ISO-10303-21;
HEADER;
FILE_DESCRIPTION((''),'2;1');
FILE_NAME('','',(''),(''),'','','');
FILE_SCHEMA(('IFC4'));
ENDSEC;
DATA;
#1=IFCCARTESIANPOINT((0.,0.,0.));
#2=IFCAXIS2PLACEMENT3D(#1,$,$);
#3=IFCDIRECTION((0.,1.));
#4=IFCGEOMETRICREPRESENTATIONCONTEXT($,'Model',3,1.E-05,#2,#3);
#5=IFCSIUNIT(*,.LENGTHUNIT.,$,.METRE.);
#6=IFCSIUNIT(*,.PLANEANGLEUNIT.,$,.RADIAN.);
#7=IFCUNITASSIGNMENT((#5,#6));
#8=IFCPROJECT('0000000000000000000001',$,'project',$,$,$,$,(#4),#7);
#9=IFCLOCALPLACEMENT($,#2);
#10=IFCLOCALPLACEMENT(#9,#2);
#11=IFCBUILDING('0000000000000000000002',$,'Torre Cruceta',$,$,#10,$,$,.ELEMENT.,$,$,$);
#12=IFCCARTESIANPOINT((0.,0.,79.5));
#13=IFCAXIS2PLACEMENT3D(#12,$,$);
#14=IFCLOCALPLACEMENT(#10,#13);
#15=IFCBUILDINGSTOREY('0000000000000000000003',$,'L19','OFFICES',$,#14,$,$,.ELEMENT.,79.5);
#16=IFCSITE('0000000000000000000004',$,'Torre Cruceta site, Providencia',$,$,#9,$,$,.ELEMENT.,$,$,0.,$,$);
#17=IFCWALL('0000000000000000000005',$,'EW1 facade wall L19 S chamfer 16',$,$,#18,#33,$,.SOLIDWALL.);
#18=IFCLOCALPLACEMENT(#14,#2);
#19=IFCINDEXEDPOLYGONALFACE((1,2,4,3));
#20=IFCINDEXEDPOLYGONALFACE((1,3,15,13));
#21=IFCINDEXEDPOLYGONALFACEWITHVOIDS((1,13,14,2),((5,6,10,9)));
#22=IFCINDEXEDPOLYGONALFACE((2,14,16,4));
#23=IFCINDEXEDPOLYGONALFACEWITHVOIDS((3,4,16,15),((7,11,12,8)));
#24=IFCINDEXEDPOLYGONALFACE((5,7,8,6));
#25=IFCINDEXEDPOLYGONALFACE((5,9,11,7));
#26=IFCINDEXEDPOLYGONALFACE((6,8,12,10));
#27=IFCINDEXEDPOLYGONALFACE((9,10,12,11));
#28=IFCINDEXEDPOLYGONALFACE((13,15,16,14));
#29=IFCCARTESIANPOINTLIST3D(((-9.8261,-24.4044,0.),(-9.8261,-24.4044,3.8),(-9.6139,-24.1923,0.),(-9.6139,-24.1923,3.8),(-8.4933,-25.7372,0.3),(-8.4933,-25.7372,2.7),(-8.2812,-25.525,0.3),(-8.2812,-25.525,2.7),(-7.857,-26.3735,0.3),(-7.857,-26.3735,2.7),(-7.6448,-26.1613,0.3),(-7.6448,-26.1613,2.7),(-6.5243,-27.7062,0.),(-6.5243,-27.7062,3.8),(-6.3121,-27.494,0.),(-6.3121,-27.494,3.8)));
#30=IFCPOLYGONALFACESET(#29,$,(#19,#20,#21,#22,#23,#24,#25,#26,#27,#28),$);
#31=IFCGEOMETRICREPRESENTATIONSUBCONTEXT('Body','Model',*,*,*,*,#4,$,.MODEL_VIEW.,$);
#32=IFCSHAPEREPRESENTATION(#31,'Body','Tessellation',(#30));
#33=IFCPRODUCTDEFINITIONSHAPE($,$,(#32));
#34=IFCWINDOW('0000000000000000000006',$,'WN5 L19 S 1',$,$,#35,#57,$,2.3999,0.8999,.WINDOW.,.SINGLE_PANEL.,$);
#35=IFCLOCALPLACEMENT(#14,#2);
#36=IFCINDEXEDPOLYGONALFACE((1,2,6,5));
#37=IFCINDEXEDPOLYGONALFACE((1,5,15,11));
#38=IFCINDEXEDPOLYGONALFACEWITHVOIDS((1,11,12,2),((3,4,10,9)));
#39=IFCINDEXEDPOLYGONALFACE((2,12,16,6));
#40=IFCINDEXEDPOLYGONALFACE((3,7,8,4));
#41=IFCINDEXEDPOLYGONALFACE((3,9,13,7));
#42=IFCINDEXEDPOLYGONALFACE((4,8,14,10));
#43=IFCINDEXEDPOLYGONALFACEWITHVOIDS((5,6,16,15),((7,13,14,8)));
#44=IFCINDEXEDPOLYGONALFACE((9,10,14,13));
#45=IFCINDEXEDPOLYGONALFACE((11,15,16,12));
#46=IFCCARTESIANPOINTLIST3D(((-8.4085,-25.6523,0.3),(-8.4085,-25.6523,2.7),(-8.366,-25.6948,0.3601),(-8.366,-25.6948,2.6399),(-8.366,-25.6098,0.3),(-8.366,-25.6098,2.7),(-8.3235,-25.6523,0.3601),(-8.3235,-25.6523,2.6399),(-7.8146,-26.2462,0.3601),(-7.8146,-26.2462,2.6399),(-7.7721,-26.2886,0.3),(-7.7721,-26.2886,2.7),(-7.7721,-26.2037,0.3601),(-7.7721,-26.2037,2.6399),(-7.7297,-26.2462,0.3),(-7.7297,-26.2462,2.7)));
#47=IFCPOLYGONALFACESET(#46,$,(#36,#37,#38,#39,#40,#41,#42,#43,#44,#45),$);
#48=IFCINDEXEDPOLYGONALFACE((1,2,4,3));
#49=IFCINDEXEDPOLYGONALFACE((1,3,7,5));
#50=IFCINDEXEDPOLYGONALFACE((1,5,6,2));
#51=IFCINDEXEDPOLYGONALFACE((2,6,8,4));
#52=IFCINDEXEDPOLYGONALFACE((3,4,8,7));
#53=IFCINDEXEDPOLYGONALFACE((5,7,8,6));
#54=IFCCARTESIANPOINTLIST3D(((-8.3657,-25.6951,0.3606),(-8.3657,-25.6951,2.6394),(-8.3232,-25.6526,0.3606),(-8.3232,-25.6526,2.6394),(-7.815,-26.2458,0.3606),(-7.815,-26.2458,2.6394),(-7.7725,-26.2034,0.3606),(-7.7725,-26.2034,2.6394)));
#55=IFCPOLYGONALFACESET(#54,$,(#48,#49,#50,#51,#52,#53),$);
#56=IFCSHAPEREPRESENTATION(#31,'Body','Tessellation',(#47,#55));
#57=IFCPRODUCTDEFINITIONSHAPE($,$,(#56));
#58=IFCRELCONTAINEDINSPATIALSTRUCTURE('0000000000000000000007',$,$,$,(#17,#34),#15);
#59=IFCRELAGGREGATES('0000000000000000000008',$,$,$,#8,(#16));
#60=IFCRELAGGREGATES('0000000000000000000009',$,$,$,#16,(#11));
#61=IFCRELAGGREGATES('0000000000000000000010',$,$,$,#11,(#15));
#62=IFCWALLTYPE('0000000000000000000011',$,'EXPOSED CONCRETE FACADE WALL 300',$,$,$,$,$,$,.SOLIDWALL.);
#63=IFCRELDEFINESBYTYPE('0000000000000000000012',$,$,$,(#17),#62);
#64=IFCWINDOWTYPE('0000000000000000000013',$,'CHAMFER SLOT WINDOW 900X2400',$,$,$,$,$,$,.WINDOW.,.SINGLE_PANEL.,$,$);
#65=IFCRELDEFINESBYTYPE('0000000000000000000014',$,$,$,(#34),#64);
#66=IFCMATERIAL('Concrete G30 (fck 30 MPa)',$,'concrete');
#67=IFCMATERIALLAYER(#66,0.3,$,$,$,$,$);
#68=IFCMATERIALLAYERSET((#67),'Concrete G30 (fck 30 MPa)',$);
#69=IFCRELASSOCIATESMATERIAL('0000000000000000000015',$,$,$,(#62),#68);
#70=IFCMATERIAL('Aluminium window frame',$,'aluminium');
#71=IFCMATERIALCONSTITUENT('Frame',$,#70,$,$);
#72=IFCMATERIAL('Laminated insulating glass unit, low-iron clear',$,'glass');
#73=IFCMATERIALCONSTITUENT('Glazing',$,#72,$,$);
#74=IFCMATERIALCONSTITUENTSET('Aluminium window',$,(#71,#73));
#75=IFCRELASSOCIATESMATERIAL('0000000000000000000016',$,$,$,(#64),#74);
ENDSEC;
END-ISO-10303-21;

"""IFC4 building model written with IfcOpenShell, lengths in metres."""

from ifc_helpers import new_model, si_unit, direction, frame, frame_2d, origin, place, context, subcontext, project, spatial, rectangle, hollow_rectangle, extrude, material, layer, layer_set, constituent, constituent_set, type_object, element, fill, save


model = new_model("IFC4")

# Units and contexts
model_context = context("Model", 3, precision=1e-05, world=origin(), true_north=direction((0.0, 1.0)))
body_context = subcontext(model_context, "Body", "Model", "MODEL_VIEW")
ifc_project = project(units=[si_unit("LENGTHUNIT", "METRE"), si_unit("PLANEANGLEUNIT", "RADIAN")], contexts=[model_context])

# Site, building, storey
site_placement = place(None, origin())
site = spatial("IfcSite", under=ifc_project, at=site_placement, Name="Torre Cruceta site, Providencia", CompositionType="ELEMENT", RefElevation=0.0)
building_placement = place(site_placement, origin())
building = spatial("IfcBuilding", under=site, at=building_placement, Name="Torre Cruceta", CompositionType="ELEMENT")
storey_placement = place(building_placement, frame((0.0, 0.0, 79.5)))
storey = spatial("IfcBuildingStorey", under=building, at=storey_placement, Name="L19", Description="OFFICES", CompositionType="ELEMENT", Elevation=79.5)

# Wall, opening, window
ifc_material_1 = material(Name="Concrete G30 (fck 30 MPa)", Category="concrete")
ifc_layer_1 = layer(ifc_material_1, 0.3)
ifc_layer_set_1 = layer_set([ifc_layer_1], Name="Concrete G30 (fck 30 MPa)")
wall_type = type_object("IfcWallType", Name="EXPOSED CONCRETE FACADE WALL 300", PredefinedType="SOLIDWALL", material=ifc_layer_set_1)
wall_placement = place(storey_placement, frame((-9.72, -24.2983, 0.0), z_axis=(0.0, 0.0, 1.0), x_axis=(0.707107, -0.707107, 0.0)))
wall = element("IfcWall", 1, at=wall_placement, inside=storey, type_object=wall_type, Name="EW1 facade wall L19 S chamfer 16", PredefinedType="SOLIDWALL", context=body_context, shape_type="SweptSolid", body=[
    extrude(rectangle(XDim=4.6694, YDim=0.3, at=frame_2d((2.3347, 0.0))), origin(), (0.0, 0.0, 1.0), 3.8),
])
opening_placement = place(wall_placement, frame((1.8848, 0.0, 0.3)))
opening = element("IfcOpeningElement", 2, at=opening_placement, cuts=wall, PredefinedType="OPENING", context=body_context, shape_type="SweptSolid", body=[
    extrude(rectangle(XDim=0.8999, YDim=2.3999, at=frame_2d((0.45, 1.2))), frame((0.0, 0.1599, 0.0), z_axis=(0.0, -1.0, 0.0), x_axis=(1.0, 0.0, 0.0)), (0.0, 0.0, 1.0), 0.3201),
])
ifc_material_2 = material(Name="Aluminium window frame", Category="aluminium")
ifc_constituent_1 = constituent(ifc_material_2, Name="Frame")
ifc_material_3 = material(Name="Laminated insulating glass unit, low-iron clear", Category="glass")
ifc_constituent_2 = constituent(ifc_material_3, Name="Glazing")
ifc_constituent_set = constituent_set(constituents=[ifc_constituent_1, ifc_constituent_2], Name="Aluminium window")
window_type = type_object("IfcWindowType", Name="CHAMFER SLOT WINDOW 900X2400", PartitioningType="SINGLE_PANEL", PredefinedType="WINDOW", material=ifc_constituent_set)
window_placement = place(opening_placement, origin())
window = element("IfcWindow", 3, at=window_placement, inside=storey, type_object=window_type, Name="WN5 L19 S 1", OverallHeight=2.3999, OverallWidth=0.8999, PartitioningType="SINGLE_PANEL", PredefinedType="WINDOW", context=body_context, shape_type="SweptSolid", body=[
    extrude(hollow_rectangle(XDim=0.8999, YDim=2.3999, WallThickness=0.0601, at=frame_2d((0.45, 1.2))), frame((0.0, 0.03, 0.0), z_axis=(0.0, -1.0, 0.0), x_axis=(1.0, 0.0, 0.0)), (0.0, 0.0, 1.0), 0.0601),
    extrude(rectangle(XDim=0.7788, YDim=2.2788, at=frame_2d((0.45, 1.2))), frame((0.0, 0.03, 0.0), z_axis=(0.0, -1.0, 0.0), x_axis=(1.0, 0.0, 0.0)), (0.0, 0.0, 1.0), 0.0601),
])
fill(opening, window)

save(model, "model.ifc")
